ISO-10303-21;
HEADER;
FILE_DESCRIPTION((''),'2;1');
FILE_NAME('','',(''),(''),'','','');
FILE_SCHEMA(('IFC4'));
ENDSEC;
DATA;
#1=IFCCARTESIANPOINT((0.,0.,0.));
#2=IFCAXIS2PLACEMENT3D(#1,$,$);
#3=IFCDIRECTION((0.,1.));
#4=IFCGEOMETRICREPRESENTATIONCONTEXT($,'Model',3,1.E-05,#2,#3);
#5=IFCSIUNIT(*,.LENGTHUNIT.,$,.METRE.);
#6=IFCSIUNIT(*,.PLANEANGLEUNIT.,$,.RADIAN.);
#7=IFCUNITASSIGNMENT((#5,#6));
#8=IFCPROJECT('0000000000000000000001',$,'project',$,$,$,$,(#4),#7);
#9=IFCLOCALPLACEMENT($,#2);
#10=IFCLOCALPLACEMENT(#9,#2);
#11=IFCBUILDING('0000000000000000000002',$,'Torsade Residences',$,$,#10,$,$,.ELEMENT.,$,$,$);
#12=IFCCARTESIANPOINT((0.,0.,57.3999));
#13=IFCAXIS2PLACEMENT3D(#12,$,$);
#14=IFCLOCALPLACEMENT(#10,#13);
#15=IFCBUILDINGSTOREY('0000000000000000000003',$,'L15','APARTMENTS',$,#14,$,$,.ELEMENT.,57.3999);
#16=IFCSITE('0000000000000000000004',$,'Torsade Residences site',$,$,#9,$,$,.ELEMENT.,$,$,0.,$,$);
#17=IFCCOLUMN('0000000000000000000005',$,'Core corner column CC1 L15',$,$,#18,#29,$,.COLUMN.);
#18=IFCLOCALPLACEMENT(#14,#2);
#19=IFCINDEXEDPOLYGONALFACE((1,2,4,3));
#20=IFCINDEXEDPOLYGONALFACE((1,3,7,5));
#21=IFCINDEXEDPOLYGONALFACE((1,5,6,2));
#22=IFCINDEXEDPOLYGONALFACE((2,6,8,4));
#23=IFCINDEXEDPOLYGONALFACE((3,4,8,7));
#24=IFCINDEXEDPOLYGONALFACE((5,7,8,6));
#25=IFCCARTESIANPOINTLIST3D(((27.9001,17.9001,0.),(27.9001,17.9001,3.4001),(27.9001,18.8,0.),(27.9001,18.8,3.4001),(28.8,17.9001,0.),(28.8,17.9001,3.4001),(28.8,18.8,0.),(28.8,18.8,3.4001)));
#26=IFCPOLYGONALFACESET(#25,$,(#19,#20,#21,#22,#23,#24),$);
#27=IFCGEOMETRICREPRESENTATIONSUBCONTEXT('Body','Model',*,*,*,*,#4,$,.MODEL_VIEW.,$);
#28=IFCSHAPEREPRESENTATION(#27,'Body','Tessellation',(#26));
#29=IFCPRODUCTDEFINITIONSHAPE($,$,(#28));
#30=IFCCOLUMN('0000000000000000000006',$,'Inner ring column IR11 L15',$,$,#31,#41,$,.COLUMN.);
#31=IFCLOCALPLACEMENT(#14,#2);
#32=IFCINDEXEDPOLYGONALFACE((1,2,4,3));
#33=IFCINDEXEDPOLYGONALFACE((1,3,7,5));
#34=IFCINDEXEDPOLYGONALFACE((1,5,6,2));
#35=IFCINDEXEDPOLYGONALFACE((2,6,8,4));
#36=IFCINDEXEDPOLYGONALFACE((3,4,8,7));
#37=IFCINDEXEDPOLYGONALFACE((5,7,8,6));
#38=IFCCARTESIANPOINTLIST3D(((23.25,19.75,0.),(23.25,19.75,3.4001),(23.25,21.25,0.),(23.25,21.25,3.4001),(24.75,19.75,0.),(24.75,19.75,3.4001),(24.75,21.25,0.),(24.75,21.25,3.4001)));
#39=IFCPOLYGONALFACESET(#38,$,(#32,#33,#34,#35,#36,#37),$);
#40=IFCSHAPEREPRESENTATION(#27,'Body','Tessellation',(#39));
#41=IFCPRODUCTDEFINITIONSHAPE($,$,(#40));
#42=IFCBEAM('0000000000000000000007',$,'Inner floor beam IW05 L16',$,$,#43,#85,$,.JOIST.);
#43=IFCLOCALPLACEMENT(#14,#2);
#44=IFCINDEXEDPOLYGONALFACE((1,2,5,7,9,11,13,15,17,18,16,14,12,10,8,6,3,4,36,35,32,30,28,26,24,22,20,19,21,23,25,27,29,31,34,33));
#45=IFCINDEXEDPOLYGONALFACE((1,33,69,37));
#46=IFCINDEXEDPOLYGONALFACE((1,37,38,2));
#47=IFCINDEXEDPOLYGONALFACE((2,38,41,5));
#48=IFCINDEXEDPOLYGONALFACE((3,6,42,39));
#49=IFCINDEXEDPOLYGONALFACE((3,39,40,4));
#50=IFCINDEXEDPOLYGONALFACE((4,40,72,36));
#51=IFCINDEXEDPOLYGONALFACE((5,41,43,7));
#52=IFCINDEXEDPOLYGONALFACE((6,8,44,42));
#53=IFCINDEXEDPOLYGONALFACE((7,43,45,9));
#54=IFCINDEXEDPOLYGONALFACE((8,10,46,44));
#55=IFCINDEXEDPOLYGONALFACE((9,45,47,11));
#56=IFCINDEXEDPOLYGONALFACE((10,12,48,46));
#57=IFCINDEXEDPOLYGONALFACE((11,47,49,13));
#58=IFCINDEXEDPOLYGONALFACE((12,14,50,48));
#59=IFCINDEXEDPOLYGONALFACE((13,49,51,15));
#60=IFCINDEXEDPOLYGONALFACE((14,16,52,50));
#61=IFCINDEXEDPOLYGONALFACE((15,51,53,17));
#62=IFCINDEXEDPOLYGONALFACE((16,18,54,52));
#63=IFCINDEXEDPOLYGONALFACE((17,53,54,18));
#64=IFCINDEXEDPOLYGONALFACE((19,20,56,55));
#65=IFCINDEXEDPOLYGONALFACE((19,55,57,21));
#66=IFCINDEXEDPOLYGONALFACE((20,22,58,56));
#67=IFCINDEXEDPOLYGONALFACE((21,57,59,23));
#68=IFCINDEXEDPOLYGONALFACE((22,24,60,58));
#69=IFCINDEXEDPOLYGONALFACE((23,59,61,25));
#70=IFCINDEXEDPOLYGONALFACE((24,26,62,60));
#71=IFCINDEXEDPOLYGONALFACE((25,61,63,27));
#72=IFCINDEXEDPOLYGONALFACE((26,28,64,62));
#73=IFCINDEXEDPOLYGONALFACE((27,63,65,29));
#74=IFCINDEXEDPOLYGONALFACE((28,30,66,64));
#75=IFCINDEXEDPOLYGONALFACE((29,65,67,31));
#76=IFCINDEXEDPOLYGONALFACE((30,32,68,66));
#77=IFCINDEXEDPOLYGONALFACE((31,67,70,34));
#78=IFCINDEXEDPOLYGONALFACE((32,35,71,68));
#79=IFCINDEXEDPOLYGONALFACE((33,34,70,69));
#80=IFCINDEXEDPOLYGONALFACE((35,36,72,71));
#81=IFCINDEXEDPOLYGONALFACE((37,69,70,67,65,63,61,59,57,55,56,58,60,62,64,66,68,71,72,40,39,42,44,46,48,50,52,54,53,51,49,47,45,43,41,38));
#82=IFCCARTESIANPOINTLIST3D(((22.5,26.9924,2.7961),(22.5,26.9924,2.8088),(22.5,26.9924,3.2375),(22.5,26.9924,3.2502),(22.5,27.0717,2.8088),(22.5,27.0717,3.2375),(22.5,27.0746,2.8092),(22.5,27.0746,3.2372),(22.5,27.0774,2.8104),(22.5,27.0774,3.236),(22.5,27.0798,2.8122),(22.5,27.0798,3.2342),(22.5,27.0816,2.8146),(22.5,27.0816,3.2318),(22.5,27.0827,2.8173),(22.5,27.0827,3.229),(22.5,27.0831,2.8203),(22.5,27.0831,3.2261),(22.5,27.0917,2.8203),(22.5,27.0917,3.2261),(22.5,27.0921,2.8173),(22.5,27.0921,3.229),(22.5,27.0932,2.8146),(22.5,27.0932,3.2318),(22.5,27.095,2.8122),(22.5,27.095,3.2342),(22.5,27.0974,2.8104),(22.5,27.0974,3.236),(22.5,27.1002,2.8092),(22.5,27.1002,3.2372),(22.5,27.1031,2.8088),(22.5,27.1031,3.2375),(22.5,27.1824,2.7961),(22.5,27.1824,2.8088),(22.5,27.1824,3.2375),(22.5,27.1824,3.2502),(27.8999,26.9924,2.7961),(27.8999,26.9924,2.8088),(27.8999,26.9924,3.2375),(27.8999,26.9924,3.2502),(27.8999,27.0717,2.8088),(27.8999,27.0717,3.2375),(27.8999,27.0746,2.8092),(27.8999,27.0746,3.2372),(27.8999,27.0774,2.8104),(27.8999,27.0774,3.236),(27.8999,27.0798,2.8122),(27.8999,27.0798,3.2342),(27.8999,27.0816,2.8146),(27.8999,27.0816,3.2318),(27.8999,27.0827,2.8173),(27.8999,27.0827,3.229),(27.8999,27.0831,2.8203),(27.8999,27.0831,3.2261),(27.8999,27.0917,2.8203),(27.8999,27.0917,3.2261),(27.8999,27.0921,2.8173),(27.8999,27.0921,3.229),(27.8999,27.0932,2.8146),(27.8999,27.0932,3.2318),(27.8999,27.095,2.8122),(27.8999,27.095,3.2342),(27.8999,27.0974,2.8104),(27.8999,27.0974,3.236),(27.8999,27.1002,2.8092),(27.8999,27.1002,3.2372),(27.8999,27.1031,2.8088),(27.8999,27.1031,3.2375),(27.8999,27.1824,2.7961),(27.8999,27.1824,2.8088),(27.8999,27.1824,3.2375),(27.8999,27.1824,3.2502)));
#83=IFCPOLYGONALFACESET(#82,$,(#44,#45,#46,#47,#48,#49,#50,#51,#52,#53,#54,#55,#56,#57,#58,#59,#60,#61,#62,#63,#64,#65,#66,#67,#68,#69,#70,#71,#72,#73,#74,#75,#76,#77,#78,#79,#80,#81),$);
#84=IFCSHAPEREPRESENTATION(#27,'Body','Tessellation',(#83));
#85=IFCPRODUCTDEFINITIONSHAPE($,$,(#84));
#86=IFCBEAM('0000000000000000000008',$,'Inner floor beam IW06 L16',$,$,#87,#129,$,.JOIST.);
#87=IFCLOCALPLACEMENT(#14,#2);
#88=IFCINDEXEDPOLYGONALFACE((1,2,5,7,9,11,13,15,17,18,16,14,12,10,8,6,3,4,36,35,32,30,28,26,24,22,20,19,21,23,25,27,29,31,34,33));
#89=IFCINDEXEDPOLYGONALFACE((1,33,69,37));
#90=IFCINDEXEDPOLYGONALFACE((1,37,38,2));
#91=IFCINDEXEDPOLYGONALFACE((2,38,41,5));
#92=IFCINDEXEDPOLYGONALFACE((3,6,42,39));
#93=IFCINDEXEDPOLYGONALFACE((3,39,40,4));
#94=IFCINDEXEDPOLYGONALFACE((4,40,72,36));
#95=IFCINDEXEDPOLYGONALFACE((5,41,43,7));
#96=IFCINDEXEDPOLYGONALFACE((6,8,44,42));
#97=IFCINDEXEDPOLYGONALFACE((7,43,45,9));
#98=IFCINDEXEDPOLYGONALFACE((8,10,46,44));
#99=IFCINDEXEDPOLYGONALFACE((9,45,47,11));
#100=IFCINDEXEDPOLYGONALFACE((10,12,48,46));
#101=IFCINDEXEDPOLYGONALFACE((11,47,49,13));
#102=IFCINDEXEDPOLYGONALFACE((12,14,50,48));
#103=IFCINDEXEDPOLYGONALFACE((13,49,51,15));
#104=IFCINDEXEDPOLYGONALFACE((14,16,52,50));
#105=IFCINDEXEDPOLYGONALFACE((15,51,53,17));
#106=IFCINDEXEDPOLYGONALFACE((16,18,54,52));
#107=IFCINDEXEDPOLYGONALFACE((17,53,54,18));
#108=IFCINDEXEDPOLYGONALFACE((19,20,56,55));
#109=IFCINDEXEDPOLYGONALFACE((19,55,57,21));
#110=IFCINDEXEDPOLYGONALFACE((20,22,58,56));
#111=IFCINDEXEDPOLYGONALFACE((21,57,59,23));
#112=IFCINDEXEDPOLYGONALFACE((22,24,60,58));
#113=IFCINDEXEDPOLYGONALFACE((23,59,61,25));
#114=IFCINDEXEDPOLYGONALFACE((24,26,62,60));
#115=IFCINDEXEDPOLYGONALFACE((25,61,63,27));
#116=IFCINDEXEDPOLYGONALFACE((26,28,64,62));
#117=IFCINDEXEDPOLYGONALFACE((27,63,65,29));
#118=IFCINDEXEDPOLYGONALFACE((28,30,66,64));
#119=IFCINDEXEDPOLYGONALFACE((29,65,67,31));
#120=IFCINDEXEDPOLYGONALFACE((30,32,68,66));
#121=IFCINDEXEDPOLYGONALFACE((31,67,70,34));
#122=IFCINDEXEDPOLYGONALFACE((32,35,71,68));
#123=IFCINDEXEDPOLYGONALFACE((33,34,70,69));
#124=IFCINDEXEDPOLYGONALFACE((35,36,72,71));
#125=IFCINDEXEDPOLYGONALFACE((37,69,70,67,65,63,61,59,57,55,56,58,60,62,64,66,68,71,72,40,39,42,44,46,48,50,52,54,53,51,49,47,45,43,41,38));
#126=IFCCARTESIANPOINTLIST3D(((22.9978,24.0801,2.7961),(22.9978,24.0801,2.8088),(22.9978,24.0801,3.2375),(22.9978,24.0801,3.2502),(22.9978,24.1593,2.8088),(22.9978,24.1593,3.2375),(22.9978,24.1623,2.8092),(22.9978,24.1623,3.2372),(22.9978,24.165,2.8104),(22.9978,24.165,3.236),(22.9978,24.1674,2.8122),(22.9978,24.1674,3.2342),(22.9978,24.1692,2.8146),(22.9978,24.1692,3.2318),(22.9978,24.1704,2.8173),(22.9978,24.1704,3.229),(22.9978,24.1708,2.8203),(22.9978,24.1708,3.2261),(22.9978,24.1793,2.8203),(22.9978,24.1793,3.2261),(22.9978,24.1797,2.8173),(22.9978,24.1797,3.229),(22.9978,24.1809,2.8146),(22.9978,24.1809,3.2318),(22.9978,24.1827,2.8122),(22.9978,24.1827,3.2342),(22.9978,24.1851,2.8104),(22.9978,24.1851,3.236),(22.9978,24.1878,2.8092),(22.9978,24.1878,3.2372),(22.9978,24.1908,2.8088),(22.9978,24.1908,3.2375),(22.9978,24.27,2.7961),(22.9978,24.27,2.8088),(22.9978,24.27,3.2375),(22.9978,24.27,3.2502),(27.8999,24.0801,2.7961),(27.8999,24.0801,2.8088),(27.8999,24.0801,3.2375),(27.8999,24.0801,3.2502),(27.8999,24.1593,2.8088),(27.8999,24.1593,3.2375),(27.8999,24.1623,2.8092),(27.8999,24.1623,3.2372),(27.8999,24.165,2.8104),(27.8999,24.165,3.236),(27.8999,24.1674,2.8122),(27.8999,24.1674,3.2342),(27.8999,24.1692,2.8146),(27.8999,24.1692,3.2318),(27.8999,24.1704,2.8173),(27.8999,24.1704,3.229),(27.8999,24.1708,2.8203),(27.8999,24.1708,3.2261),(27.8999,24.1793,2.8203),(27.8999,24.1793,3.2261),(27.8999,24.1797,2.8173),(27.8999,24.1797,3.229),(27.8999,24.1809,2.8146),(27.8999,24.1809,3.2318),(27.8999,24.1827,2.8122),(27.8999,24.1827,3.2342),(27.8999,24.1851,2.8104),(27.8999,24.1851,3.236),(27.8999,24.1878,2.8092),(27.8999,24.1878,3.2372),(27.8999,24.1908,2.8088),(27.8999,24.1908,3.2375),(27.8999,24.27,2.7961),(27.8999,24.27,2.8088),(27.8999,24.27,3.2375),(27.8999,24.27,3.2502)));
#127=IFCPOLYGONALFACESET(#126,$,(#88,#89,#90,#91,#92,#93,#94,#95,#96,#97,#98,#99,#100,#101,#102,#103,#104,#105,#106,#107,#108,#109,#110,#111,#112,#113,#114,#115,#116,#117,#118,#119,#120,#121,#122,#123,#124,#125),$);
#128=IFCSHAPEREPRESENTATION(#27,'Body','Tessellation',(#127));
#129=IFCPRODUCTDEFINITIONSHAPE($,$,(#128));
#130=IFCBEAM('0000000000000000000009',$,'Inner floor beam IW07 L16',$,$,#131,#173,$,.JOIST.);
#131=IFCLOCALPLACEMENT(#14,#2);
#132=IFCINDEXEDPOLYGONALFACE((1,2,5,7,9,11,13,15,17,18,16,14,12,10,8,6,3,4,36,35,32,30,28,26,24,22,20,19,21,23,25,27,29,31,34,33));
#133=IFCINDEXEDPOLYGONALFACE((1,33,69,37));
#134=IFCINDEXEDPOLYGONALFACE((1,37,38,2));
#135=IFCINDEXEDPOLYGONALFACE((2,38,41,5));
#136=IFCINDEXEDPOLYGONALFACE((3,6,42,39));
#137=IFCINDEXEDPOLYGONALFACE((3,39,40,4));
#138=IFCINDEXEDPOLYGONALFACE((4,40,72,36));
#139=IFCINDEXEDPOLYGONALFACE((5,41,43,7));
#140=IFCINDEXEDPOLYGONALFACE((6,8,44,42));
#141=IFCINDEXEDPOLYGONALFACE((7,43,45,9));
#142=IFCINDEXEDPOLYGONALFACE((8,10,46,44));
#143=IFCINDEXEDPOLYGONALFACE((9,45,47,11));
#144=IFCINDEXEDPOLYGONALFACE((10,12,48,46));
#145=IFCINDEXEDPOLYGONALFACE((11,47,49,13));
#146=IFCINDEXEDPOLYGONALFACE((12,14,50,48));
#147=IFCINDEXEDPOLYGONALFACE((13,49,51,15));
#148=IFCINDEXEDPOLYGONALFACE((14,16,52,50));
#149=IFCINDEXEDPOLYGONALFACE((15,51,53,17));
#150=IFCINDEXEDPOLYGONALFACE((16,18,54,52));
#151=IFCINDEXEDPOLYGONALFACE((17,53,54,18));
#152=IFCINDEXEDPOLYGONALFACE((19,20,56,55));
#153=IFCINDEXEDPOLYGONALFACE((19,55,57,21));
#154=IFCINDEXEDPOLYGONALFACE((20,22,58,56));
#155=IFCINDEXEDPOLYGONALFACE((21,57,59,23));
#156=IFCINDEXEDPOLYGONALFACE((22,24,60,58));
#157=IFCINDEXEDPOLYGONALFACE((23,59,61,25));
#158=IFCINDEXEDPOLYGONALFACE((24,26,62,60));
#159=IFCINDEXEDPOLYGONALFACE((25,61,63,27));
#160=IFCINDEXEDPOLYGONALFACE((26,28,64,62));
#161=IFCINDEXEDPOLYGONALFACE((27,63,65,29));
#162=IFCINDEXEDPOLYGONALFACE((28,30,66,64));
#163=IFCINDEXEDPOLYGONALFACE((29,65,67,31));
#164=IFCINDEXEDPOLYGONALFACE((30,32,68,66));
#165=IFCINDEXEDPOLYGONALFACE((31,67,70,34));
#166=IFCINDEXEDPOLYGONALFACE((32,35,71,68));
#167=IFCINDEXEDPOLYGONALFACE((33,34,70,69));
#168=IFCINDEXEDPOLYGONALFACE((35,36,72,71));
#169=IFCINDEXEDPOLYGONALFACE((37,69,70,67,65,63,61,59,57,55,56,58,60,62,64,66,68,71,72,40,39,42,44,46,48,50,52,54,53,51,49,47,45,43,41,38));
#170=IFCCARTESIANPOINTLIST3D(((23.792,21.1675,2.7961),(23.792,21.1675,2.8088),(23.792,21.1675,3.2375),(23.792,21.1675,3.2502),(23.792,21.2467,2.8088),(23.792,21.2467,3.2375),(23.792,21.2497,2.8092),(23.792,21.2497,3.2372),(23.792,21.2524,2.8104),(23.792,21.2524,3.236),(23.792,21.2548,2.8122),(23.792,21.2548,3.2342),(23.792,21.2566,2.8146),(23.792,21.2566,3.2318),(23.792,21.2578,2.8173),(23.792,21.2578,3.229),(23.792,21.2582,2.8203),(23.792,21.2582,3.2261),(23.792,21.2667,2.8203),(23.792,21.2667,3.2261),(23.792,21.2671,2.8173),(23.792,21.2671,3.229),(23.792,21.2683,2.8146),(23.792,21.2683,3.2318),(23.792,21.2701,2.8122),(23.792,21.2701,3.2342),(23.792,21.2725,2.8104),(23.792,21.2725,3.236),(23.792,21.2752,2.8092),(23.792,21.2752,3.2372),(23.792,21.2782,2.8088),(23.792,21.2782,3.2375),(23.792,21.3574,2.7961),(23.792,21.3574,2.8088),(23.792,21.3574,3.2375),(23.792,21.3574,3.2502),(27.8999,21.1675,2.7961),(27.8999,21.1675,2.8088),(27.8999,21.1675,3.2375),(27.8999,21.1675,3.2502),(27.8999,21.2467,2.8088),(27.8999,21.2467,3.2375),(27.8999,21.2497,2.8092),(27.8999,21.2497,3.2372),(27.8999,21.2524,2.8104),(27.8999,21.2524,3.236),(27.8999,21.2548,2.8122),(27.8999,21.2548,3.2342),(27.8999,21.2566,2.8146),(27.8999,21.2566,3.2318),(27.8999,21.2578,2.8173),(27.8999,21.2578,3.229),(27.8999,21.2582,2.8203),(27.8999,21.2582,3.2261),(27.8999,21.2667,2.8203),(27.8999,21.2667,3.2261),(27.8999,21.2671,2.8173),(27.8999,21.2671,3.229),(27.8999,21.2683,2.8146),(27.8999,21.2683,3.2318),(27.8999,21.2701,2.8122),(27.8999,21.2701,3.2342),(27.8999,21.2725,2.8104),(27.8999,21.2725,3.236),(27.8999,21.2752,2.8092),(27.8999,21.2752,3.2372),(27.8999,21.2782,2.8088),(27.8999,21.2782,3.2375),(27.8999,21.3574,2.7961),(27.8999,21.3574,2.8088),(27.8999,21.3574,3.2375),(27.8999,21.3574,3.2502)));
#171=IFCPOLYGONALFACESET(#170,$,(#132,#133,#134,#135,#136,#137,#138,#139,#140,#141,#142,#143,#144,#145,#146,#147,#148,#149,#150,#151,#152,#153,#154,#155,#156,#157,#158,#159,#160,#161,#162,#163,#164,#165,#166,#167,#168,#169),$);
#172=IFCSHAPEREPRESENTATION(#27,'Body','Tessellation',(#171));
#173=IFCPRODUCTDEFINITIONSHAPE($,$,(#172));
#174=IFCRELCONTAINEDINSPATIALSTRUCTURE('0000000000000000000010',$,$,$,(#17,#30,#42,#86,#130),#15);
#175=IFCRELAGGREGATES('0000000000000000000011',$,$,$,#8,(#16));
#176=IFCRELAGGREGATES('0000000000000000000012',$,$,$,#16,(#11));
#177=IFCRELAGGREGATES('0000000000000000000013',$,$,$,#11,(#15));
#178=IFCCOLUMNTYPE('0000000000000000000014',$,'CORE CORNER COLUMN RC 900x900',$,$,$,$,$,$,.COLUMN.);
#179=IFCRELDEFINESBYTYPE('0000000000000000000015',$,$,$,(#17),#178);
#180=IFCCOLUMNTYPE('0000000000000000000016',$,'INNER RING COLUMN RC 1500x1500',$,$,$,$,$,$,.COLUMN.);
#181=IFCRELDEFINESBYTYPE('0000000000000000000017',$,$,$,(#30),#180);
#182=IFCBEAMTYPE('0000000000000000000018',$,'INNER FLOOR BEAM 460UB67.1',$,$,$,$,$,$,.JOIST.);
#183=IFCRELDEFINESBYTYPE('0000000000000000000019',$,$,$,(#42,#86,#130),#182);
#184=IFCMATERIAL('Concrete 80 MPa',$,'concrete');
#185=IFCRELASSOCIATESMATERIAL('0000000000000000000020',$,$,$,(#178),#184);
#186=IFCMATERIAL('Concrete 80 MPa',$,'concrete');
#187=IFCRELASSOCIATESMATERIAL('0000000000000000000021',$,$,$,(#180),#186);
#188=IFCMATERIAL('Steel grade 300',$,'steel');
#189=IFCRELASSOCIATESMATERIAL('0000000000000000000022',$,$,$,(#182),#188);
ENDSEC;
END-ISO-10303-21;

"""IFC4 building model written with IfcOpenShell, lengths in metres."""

from ifc_helpers import new_model, si_unit, direction, frame, origin, origin_2d, place, context, subcontext, project, spatial, rectangle, i_section, extrude, material, material_profile, profile_set, type_object, element, save


model = new_model("IFC4")

# Units and contexts
model_context = context("Model", 3, precision=1e-05, world=origin(), true_north=direction((0.0, 1.0)))
body_context = subcontext(model_context, "Body", "Model", "MODEL_VIEW")
ifc_project = project(units=[si_unit("LENGTHUNIT", "METRE"), si_unit("PLANEANGLEUNIT", "RADIAN")], contexts=[model_context])

# Site, building, storey
site_placement = place(None, origin())
site = spatial("IfcSite", under=ifc_project, at=site_placement, Name="Torsade Residences site", CompositionType="ELEMENT", RefElevation=0.0)
building_placement = place(site_placement, origin())
building = spatial("IfcBuilding", under=site, at=building_placement, Name="Torsade Residences", CompositionType="ELEMENT")
storey_placement = place(building_placement, frame((0.0, 0.0, 57.3999)))
storey = spatial("IfcBuildingStorey", under=building, at=storey_placement, Name="L15", Description="APARTMENTS", CompositionType="ELEMENT", Elevation=57.3999)

# Columns
ifc_material_1 = material(Name="Concrete 80 MPa", Category="concrete")
ifc_material_profile_1 = material_profile(ifc_material_1, rectangle(XDim=0.8999, YDim=0.8999, at=origin_2d()), Name="RC 900x900")
ifc_profile_set_1 = profile_set([ifc_material_profile_1], Name="Concrete 80 MPa")
column_type_1 = type_object("IfcColumnType", Name="CORE CORNER COLUMN RC 900x900", PredefinedType="COLUMN", material=ifc_profile_set_1)
column_1_placement = place(storey_placement, frame((28.3501, 18.3501, 0.0), z_axis=(0.0, 0.0, 1.0), x_axis=(1.0, 0.0, 0.0)))
element("IfcColumn", 1, at=column_1_placement, inside=storey, type_object=column_type_1, Name="Core corner column CC1 L15", PredefinedType="COLUMN", context=body_context, shape_type="SweptSolid", body=[
    extrude(rectangle(XDim=0.8999, YDim=0.8999, at=origin_2d()), origin(), (0.0, 0.0, 1.0), 3.4001),
])
ifc_material_2 = material(Name="Concrete 80 MPa", Category="concrete")
ifc_material_profile_2 = material_profile(ifc_material_2, rectangle(XDim=1.5, YDim=1.5, at=origin_2d()), Name="RC 1500x1500")
ifc_profile_set_2 = profile_set([ifc_material_profile_2], Name="Concrete 80 MPa")
column_type_2 = type_object("IfcColumnType", Name="INNER RING COLUMN RC 1500x1500", PredefinedType="COLUMN", material=ifc_profile_set_2)
column_2_placement = place(storey_placement, frame((24.0, 20.5, 0.0), z_axis=(0.0, 0.0, 1.0), x_axis=(1.0, 0.0, 0.0)))
element("IfcColumn", 2, at=column_2_placement, inside=storey, type_object=column_type_2, Name="Inner ring column IR11 L15", PredefinedType="COLUMN", context=body_context, shape_type="SweptSolid", body=[
    extrude(rectangle(XDim=1.5, YDim=1.5, at=origin_2d()), origin(), (0.0, 0.0, 1.0), 3.4001),
])

# Beams
ifc_material_3 = material(Name="Steel grade 300", Category="steel")
ifc_material_profile_3 = material_profile(ifc_material_3, i_section(OverallWidth=0.1899, OverallDepth=0.4541, WebThickness=0.0085, FlangeThickness=0.0127, FilletRadius=0.0115, at=origin_2d()), Name="460UB67.1")
ifc_profile_set_3 = profile_set([ifc_material_profile_3], Name="Steel grade 300")
beam_type_1 = type_object("IfcBeamType", Name="INNER FLOOR BEAM 460UB67.1", PredefinedType="JOIST", material=ifc_profile_set_3)
beam_1_placement = place(storey_placement, frame((27.8999, 27.0874, 3.0232), z_axis=(-1.0, 0.0, 0.0), x_axis=(0.0, -1.0, 0.0)))
element("IfcBeam", 3, at=beam_1_placement, inside=storey, type_object=beam_type_1, Name="Inner floor beam IW05 L16", PredefinedType="JOIST", context=body_context, shape_type="SweptSolid", body=[
    extrude(i_section(OverallWidth=0.1899, OverallDepth=0.4541, WebThickness=0.0085, FlangeThickness=0.0127, FilletRadius=0.0115, at=origin_2d()), origin(), (0.0, 0.0, 1.0), 5.3999),
])
beam_2_placement = place(storey_placement, frame((27.8999, 24.175, 3.0232), z_axis=(-1.0, 0.0, 0.0), x_axis=(0.0, -1.0, 0.0)))
element("IfcBeam", 4, at=beam_2_placement, inside=storey, type_object=beam_type_1, Name="Inner floor beam IW06 L16", PredefinedType="JOIST", context=body_context, shape_type="SweptSolid", body=[
    extrude(i_section(OverallWidth=0.1899, OverallDepth=0.4541, WebThickness=0.0085, FlangeThickness=0.0127, FilletRadius=0.0115, at=origin_2d()), origin(), (0.0, 0.0, 1.0), 4.9021),
])
beam_3_placement = place(storey_placement, frame((27.8999, 21.2625, 3.0232), z_axis=(-1.0, 0.0, 0.0), x_axis=(0.0, -1.0, 0.0)))
element("IfcBeam", 5, at=beam_3_placement, inside=storey, type_object=beam_type_1, Name="Inner floor beam IW07 L16", PredefinedType="JOIST", context=body_context, shape_type="SweptSolid", body=[
    extrude(i_section(OverallWidth=0.1899, OverallDepth=0.4541, WebThickness=0.0085, FlangeThickness=0.0127, FilletRadius=0.0115, at=origin_2d()), origin(), (0.0, 0.0, 1.0), 4.1079),
])

save(model, "model.ifc")
